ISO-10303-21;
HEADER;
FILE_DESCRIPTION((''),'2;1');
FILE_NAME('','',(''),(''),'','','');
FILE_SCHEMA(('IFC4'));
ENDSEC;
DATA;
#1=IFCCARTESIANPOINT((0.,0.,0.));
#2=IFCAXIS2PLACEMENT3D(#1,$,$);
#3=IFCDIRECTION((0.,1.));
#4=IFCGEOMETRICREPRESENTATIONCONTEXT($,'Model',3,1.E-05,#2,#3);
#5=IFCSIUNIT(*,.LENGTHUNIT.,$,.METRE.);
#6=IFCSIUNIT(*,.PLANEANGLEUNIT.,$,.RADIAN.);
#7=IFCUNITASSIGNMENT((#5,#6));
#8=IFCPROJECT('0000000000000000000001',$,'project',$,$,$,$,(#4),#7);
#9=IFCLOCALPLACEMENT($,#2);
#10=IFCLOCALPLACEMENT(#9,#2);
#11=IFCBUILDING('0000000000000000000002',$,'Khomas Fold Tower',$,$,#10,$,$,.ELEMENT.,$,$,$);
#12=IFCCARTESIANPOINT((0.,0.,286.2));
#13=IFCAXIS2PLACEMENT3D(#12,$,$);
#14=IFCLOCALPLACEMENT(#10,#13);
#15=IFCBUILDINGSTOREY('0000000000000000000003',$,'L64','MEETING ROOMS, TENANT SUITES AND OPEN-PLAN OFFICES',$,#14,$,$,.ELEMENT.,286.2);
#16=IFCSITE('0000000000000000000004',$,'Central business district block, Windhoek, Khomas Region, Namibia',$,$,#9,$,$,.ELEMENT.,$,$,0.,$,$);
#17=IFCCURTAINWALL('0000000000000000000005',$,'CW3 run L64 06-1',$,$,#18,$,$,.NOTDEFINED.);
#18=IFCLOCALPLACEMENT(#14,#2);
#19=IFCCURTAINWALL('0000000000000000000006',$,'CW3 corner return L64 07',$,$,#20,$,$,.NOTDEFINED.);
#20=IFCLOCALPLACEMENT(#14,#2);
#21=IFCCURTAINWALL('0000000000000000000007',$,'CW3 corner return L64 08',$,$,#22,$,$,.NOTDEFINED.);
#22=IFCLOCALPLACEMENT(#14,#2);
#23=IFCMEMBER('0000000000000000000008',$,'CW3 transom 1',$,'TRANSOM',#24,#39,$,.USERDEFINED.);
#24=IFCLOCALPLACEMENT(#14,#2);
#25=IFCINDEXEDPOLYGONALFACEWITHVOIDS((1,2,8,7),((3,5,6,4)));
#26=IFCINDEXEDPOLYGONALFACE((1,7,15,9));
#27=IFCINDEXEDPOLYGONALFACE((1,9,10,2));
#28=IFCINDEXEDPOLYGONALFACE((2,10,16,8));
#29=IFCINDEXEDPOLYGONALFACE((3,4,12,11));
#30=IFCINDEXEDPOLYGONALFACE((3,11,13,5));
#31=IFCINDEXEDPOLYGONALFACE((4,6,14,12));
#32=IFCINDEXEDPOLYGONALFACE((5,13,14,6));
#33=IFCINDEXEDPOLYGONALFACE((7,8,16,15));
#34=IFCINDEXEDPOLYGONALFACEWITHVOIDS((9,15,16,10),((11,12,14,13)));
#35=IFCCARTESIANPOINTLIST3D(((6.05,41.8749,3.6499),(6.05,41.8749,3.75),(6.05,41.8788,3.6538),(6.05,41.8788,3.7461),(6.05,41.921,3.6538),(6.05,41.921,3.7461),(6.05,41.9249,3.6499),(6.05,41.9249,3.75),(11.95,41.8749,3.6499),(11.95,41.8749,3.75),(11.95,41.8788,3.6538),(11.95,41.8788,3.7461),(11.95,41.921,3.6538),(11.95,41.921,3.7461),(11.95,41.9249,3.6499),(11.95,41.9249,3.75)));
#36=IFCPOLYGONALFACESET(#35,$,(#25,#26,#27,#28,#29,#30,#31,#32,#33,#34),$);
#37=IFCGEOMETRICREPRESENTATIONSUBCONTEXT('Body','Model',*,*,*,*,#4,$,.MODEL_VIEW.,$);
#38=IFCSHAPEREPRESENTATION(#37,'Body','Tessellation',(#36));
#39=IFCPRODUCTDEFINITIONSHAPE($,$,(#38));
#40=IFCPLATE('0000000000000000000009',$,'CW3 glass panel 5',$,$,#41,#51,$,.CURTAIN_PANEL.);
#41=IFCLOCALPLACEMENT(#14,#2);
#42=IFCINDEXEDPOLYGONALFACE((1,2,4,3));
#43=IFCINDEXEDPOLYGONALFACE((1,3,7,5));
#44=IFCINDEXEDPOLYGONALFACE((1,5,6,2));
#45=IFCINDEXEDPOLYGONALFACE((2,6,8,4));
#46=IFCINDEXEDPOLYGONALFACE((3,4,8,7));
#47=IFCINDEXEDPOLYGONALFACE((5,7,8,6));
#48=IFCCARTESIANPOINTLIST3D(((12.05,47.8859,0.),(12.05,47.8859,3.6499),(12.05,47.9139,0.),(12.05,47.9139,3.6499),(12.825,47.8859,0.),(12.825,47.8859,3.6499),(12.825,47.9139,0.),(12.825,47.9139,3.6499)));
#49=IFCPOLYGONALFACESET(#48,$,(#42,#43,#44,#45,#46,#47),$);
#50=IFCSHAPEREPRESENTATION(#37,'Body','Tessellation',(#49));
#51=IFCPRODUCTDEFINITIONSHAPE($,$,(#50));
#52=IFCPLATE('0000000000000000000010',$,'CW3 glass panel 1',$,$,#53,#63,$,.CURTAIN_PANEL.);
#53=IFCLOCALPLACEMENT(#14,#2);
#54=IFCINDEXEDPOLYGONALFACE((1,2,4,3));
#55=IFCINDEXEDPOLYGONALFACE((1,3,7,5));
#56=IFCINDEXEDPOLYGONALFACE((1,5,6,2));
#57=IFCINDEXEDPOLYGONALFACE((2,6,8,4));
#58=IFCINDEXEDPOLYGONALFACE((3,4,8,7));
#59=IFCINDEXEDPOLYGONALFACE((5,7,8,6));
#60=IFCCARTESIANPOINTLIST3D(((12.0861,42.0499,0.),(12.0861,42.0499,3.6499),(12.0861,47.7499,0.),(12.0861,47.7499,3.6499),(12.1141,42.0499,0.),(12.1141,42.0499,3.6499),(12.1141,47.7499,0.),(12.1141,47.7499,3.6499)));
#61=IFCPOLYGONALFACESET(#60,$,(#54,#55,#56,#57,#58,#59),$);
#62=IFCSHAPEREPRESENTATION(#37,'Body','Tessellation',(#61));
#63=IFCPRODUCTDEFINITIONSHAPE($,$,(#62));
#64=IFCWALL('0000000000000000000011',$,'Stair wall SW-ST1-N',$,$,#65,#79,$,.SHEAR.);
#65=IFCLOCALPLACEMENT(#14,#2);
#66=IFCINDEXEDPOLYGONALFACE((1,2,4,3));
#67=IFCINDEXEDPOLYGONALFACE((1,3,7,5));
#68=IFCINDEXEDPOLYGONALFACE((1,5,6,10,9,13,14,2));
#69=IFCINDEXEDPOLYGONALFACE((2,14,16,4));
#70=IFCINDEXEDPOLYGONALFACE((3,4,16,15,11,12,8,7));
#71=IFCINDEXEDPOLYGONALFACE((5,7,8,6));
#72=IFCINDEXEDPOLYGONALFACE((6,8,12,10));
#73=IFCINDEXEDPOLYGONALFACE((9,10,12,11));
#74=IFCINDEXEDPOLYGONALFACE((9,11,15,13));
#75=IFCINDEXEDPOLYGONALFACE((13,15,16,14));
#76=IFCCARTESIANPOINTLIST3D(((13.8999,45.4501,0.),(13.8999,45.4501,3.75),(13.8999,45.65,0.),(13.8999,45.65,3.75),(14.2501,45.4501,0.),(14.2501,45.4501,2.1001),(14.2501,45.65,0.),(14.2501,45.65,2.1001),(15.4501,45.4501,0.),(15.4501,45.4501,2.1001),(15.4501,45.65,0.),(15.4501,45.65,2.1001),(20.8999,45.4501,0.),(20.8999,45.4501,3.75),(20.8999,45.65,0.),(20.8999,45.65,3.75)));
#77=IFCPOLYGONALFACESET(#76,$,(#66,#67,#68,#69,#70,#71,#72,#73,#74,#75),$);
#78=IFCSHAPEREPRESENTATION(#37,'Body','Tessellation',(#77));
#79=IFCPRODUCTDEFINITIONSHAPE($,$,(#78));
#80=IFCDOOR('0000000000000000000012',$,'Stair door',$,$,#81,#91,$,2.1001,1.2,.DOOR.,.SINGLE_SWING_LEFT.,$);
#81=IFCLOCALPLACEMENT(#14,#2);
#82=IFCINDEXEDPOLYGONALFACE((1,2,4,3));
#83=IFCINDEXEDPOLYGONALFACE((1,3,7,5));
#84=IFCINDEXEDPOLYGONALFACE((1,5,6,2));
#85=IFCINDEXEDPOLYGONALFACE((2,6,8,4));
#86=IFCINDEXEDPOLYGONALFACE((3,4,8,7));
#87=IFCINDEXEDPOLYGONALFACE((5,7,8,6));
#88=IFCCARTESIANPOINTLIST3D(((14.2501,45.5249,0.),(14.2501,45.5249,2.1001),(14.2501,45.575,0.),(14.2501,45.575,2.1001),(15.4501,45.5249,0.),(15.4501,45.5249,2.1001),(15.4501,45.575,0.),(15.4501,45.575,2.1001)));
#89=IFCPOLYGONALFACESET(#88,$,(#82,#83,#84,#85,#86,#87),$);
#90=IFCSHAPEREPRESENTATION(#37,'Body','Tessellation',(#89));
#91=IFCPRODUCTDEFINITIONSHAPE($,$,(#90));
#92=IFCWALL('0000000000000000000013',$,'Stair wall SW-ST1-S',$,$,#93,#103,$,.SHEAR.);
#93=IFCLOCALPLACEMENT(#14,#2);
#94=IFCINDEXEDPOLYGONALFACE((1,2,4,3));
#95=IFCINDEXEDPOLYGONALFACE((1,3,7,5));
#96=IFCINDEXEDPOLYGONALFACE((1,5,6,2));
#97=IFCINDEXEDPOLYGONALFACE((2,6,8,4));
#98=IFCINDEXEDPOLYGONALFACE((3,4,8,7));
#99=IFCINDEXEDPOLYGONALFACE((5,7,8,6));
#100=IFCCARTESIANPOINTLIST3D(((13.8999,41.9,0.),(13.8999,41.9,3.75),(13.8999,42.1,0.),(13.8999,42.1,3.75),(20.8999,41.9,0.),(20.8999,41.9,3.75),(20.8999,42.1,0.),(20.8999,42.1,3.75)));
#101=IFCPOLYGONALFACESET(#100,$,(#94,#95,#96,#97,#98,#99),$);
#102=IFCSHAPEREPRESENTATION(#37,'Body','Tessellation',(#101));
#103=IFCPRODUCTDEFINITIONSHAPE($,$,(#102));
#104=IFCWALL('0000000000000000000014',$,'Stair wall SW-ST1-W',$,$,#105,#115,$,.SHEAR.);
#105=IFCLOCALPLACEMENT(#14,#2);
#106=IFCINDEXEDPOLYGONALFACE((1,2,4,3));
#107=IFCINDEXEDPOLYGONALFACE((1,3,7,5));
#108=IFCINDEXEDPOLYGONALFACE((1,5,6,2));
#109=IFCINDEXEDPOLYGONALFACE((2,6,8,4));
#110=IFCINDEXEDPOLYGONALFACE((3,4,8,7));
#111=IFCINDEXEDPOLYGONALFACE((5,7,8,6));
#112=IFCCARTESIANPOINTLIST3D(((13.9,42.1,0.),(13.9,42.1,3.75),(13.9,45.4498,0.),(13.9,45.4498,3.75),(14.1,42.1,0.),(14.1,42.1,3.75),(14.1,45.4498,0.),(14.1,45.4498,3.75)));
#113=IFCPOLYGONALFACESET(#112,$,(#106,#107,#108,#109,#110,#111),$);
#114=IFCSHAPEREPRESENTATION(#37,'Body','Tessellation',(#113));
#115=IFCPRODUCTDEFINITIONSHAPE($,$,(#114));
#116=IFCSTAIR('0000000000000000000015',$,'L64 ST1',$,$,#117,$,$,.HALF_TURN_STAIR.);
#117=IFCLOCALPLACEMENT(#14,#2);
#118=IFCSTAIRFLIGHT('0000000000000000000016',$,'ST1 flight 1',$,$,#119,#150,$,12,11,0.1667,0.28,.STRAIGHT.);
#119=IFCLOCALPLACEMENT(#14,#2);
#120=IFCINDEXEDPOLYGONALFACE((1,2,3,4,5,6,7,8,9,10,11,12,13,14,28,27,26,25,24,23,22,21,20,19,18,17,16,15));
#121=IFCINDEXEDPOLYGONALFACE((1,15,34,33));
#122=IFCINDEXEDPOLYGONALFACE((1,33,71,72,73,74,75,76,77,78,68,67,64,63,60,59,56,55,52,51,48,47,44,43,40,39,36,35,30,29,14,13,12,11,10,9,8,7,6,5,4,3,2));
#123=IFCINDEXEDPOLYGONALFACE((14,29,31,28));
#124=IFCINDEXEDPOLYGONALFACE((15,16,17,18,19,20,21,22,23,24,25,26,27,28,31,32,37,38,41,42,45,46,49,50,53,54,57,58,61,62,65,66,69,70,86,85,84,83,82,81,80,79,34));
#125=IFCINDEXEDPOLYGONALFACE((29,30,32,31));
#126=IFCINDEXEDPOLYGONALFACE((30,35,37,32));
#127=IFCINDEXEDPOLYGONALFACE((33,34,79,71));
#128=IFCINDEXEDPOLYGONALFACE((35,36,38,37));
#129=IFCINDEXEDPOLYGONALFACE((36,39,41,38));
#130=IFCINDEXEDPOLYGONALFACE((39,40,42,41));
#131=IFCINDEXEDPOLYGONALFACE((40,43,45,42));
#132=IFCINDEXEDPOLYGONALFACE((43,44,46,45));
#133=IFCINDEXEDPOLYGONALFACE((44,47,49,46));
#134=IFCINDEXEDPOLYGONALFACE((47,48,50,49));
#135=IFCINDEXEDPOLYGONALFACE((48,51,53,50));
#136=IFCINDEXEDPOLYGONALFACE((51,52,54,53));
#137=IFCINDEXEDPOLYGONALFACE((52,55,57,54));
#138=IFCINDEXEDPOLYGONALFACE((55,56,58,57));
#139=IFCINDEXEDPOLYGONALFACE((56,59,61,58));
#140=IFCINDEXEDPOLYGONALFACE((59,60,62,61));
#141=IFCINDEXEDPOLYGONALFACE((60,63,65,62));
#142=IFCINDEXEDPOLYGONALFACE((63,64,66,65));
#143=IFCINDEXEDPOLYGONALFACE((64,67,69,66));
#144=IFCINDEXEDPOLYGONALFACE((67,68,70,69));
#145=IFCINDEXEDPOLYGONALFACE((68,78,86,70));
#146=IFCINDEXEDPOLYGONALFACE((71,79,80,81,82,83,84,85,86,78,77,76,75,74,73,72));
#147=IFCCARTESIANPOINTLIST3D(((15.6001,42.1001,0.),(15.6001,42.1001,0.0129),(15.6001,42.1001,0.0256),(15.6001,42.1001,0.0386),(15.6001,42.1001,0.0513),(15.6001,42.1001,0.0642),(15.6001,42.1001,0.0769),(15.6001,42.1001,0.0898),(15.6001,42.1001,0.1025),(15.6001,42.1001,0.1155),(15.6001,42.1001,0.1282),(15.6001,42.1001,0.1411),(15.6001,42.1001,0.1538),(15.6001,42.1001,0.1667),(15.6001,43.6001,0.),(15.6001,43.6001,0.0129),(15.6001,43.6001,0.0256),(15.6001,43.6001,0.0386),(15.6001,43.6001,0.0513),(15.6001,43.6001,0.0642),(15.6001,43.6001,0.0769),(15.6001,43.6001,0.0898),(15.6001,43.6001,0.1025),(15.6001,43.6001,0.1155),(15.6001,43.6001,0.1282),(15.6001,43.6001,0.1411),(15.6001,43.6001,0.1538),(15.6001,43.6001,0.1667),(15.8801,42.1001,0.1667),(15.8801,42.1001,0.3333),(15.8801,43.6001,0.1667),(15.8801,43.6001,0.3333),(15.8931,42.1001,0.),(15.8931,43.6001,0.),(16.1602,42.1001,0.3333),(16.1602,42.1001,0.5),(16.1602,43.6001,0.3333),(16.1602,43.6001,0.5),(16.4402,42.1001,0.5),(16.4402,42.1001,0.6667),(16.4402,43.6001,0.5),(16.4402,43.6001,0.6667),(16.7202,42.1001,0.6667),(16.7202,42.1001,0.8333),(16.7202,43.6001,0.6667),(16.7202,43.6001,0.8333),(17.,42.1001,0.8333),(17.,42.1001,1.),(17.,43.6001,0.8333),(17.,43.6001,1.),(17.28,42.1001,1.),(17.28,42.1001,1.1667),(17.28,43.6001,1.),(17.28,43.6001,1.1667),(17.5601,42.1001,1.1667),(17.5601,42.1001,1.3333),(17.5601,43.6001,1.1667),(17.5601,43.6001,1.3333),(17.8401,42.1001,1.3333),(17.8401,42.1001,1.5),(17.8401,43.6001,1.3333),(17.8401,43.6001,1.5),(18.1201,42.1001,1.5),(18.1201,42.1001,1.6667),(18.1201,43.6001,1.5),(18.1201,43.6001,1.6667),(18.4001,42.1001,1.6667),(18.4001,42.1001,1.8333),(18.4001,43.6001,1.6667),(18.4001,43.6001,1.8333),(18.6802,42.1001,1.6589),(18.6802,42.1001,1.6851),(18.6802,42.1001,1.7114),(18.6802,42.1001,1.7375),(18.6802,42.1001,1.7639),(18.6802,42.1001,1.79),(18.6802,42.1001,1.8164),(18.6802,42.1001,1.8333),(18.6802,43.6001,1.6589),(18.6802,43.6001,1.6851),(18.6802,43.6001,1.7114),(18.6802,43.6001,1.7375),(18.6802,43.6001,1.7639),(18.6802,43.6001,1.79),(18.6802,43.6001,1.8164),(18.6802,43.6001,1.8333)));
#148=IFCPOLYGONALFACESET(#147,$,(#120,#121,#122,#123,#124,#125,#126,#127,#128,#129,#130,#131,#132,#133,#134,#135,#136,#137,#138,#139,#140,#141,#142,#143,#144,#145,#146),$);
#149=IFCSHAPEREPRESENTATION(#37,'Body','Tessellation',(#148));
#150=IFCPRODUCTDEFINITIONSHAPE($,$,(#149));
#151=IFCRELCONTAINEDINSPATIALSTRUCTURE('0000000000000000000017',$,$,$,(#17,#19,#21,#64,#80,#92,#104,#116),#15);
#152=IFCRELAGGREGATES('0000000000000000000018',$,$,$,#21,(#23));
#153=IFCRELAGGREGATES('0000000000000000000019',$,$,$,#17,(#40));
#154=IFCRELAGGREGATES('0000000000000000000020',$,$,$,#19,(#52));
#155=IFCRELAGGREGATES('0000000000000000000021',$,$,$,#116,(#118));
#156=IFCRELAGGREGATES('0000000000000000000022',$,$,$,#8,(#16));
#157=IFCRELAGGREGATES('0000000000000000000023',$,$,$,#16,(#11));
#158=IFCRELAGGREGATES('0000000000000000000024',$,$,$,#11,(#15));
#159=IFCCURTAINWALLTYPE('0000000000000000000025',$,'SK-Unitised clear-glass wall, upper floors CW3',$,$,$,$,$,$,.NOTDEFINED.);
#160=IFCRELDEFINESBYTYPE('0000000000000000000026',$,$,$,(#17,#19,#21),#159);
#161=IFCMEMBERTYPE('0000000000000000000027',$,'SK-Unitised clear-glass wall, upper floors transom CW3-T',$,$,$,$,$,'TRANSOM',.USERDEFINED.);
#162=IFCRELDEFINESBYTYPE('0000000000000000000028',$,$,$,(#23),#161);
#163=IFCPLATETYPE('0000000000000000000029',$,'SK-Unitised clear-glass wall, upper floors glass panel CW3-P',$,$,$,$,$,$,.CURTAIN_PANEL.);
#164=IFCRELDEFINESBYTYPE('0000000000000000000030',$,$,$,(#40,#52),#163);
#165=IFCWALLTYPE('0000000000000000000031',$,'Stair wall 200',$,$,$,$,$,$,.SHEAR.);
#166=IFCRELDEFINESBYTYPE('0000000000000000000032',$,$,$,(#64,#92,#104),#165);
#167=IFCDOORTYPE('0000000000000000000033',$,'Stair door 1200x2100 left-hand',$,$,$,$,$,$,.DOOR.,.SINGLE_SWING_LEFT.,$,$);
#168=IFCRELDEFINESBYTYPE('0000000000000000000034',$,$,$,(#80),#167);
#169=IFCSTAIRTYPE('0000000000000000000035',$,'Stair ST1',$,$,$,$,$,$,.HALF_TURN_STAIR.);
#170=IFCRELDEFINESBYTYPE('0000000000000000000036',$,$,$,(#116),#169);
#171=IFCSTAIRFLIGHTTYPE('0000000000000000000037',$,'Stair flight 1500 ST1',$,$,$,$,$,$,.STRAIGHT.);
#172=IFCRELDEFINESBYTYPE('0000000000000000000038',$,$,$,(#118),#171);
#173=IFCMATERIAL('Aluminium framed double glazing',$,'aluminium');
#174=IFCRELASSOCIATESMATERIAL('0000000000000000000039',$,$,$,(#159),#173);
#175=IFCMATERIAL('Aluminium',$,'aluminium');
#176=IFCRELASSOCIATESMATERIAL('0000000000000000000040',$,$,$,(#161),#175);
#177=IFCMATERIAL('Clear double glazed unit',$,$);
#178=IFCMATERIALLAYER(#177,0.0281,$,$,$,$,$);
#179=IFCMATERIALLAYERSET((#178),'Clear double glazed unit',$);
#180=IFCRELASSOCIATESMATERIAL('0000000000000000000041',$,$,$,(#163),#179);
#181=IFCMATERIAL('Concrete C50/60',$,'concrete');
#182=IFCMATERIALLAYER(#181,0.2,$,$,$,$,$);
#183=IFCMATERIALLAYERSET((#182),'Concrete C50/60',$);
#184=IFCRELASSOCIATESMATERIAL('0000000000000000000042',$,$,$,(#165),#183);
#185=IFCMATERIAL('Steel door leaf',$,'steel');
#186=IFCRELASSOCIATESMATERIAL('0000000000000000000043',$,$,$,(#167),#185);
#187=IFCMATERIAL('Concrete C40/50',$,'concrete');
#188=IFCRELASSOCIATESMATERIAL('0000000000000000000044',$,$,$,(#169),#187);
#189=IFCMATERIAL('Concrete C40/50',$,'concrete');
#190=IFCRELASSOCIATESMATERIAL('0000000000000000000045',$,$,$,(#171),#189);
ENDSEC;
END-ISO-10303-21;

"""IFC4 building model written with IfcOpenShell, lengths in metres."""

from ifc_helpers import new_model, si_unit, direction, frame, frame_2d, origin, origin_2d, place, context, subcontext, project, spatial, polyline, rectangle, hollow_rectangle, outline, extrude, source, transform, mapped, material, layer, layer_set, material_profile, profile_set, type_object, element, fill, aggregate, save


model = new_model("IFC4")

# Units and contexts
model_context = context("Model", 3, precision=1e-05, world=origin(), true_north=direction((0.0, 1.0)))
body_context = subcontext(model_context, "Body", "Model", "MODEL_VIEW")
ifc_project = project(units=[si_unit("LENGTHUNIT", "METRE"), si_unit("PLANEANGLEUNIT", "RADIAN")], contexts=[model_context])

# Site, building, storey
site_placement = place(None, origin())
site = spatial("IfcSite", under=ifc_project, at=site_placement, Name="Central business district block, Windhoek, Khomas Region, Namibia", CompositionType="ELEMENT", RefElevation=0.0)
building_placement = place(site_placement, origin())
building = spatial("IfcBuilding", under=site, at=building_placement, Name="Khomas Fold Tower", CompositionType="ELEMENT")
storey_placement = place(building_placement, frame((0.0, 0.0, 286.2)))
storey = spatial("IfcBuildingStorey", under=building, at=storey_placement, Name="L64", Description="MEETING ROOMS, TENANT SUITES AND OPEN-PLAN OFFICES", CompositionType="ELEMENT", Elevation=286.2)

# Curtain walls
ifc_material_1 = material(Name="Aluminium framed double glazing", Category="aluminium")
curtain_wall_type = type_object("IfcCurtainWallType", Name="SK-Unitised clear-glass wall, upper floors CW3", PredefinedType="NOTDEFINED", material=ifc_material_1)
curtain_wall_1_placement = place(storey_placement, origin())
curtain_wall_1 = element("IfcCurtainWall", 1, at=curtain_wall_1_placement, inside=storey, type_object=curtain_wall_type, Name="CW3 run L64 06-1", PredefinedType="NOTDEFINED")
curtain_wall_2_placement = place(storey_placement, origin())
curtain_wall_2 = element("IfcCurtainWall", 2, at=curtain_wall_2_placement, inside=storey, type_object=curtain_wall_type, Name="CW3 corner return L64 07", PredefinedType="NOTDEFINED")

# Curtain wall
curtain_wall_3_placement = place(storey_placement, origin())
curtain_wall_3 = element("IfcCurtainWall", 3, at=curtain_wall_3_placement, inside=storey, type_object=curtain_wall_type, Name="CW3 corner return L64 08", PredefinedType="NOTDEFINED")

# Member
ifc_material_2 = material(Name="Aluminium", Category="aluminium")
ifc_material_profile_1 = material_profile(ifc_material_2, hollow_rectangle(XDim=0.05, YDim=0.1001, WallThickness=0.0039, at=origin_2d()), Name="SK-Unitised clear-glass wall, upper floors transom CW3-T")
ifc_profile_set_1 = profile_set([ifc_material_profile_1], Name="Aluminium")
member_type_1 = type_object("IfcMemberType", Name="SK-Unitised clear-glass wall, upper floors transom CW3-T", ElementType="TRANSOM", PredefinedType="USERDEFINED", material=ifc_profile_set_1)
shared_shape_1 = source(origin(), body_context, "Body", "SweptSolid", [
    extrude(hollow_rectangle(XDim=0.05, YDim=0.1001, WallThickness=0.0039, at=origin_2d()), origin(), (0.0, 0.0, 1.0), 5.8999),
])
member_1_placement = place(storey_placement, frame((11.95, 41.8999, 3.7), z_axis=(-1.0, 0.0, 0.0), x_axis=(0.0, -1.0, 0.0)))
member_1 = element("IfcMember", 4, at=member_1_placement, type_object=member_type_1, Name="CW3 transom 1", ObjectType="TRANSOM", PredefinedType="USERDEFINED", context=body_context, shape_type="MappedRepresentation", body=[
    mapped(shared_shape_1, transform((0.0, 0.0, 0.0))),
])
aggregate(curtain_wall_3, [member_1])

# Plates
ifc_material_3 = material(Name="Clear double glazed unit")
ifc_layer_1 = layer(ifc_material_3, 0.0281)
ifc_layer_set_1 = layer_set([ifc_layer_1], Name="Clear double glazed unit")
plate_type = type_object("IfcPlateType", Name="SK-Unitised clear-glass wall, upper floors glass panel CW3-P", PredefinedType="CURTAIN_PANEL", material=ifc_layer_set_1)
shared_shape_2 = source(origin(), body_context, "Body", "SweptSolid", [
    extrude(rectangle(XDim=0.7749, YDim=0.0281, at=origin_2d()), origin(), (0.0, 0.0, 1.0), 3.6499),
])
plate_1_placement = place(storey_placement, frame((12.4375, 47.8999, 0.0), z_axis=(0.0, 0.0, 1.0), x_axis=(-1.0, 0.0, 0.0)))
plate_1 = element("IfcPlate", 5, at=plate_1_placement, type_object=plate_type, Name="CW3 glass panel 5", PredefinedType="CURTAIN_PANEL", context=body_context, shape_type="MappedRepresentation", body=[
    mapped(shared_shape_2, transform((0.0, 0.0, 0.0))),
])
aggregate(curtain_wall_1, [plate_1])
shared_shape_3 = source(origin(), body_context, "Body", "SweptSolid", [
    extrude(rectangle(XDim=5.7, YDim=0.0281, at=origin_2d()), origin(), (0.0, 0.0, 1.0), 3.6499),
])
plate_2_placement = place(storey_placement, frame((12.1001, 44.8999, 0.0), z_axis=(0.0, 0.0, 1.0), x_axis=(0.0, -1.0, 0.0)))
plate_2 = element("IfcPlate", 6, at=plate_2_placement, type_object=plate_type, Name="CW3 glass panel 1", PredefinedType="CURTAIN_PANEL", context=body_context, shape_type="MappedRepresentation", body=[
    mapped(shared_shape_3, transform((0.0, 0.0, 0.0))),
])
aggregate(curtain_wall_2, [plate_2])

# Wall, opening, door
ifc_material_4 = material(Name="Concrete C50/60", Category="concrete")
ifc_layer_2 = layer(ifc_material_4, 0.2)
ifc_layer_set_2 = layer_set([ifc_layer_2], Name="Concrete C50/60")
wall_type = type_object("IfcWallType", Name="Stair wall 200", PredefinedType="SHEAR", material=ifc_layer_set_2)
shared_shape_4 = source(origin(), body_context, "Body", "SweptSolid", [
    extrude(rectangle(XDim=7.0, YDim=0.2, at=frame_2d((3.5, 0.0))), origin(), (0.0, 0.0, 1.0), 3.75),
])
wall_1_placement = place(storey_placement, frame((13.8999, 45.55, 0.0), z_axis=(0.0, 0.0, 1.0), x_axis=(1.0, 0.0, 0.0)))
wall_1 = element("IfcWall", 7, at=wall_1_placement, inside=storey, type_object=wall_type, Name="Stair wall SW-ST1-N", PredefinedType="SHEAR", context=body_context, shape_type="MappedRepresentation", body=[
    mapped(shared_shape_4, transform((0.0, 0.0, 0.0))),
])
shared_shape_5 = source(origin(), body_context, "Body", "SweptSolid", [
    extrude(rectangle(XDim=1.2, YDim=2.1001, at=frame_2d((0.6001, 1.05))), frame((0.0, 0.1099, 0.0), z_axis=(0.0, -1.0, 0.0), x_axis=(1.0, 0.0, 0.0)), (0.0, 0.0, 1.0), 0.22),
])
opening_placement = place(wall_1_placement, frame((0.3501, 0.0, 0.0)))
opening = element("IfcOpeningElement", 8, at=opening_placement, cuts=wall_1, PredefinedType="OPENING", context=body_context, shape_type="MappedRepresentation", body=[
    mapped(shared_shape_5, transform((0.0, 0.0, 0.0))),
])
ifc_material_5 = material(Name="Steel door leaf", Category="steel")
door_type = type_object("IfcDoorType", Name="Stair door 1200x2100 left-hand", OperationType="SINGLE_SWING_LEFT", PredefinedType="DOOR", material=ifc_material_5)
shared_shape_6 = source(origin(), body_context, "Body", "SweptSolid", [
    extrude(rectangle(XDim=1.2, YDim=2.1001, at=frame_2d((0.6001, 1.05))), frame((0.0, 0.0249, 0.0), z_axis=(0.0, -1.0, 0.0), x_axis=(1.0, 0.0, 0.0)), (0.0, 0.0, 1.0), 0.05),
])
door_placement = place(opening_placement, origin())
door = element("IfcDoor", 9, at=door_placement, inside=storey, type_object=door_type, Name="Stair door", OperationType="SINGLE_SWING_LEFT", OverallHeight=2.1001, OverallWidth=1.2, PredefinedType="DOOR", context=body_context, shape_type="MappedRepresentation", body=[
    mapped(shared_shape_6, transform((0.0, 0.0, 0.0))),
])
fill(opening, door)

# Walls
wall_2_placement = place(storey_placement, frame((13.8999, 42.0, 0.0), z_axis=(0.0, 0.0, 1.0), x_axis=(1.0, 0.0, 0.0)))
element("IfcWall", 10, at=wall_2_placement, inside=storey, type_object=wall_type, Name="Stair wall SW-ST1-S", PredefinedType="SHEAR", context=body_context, shape_type="MappedRepresentation", body=[
    mapped(shared_shape_4, transform((0.0, 0.0, 0.0))),
])
shared_shape_7 = source(origin(), body_context, "Body", "SweptSolid", [
    extrude(rectangle(XDim=3.3499, YDim=0.2, at=frame_2d((1.6748, 0.0))), origin(), (0.0, 0.0, 1.0), 3.75),
])
wall_3_placement = place(storey_placement, frame((14.0, 42.1001, 0.0), z_axis=(0.0, 0.0, 1.0), x_axis=(0.0, 1.0, 0.0)))
element("IfcWall", 11, at=wall_3_placement, inside=storey, type_object=wall_type, Name="Stair wall SW-ST1-W", PredefinedType="SHEAR", context=body_context, shape_type="MappedRepresentation", body=[
    mapped(shared_shape_7, transform((0.0, 0.0, 0.0))),
])

# Stair, stair flight
ifc_material_6 = material(Name="Concrete C40/50", Category="concrete")
stair_type = type_object("IfcStairType", Name="Stair ST1", PredefinedType="HALF_TURN_STAIR", material=ifc_material_6)
stair_placement = place(storey_placement, origin())
stair = element("IfcStair", 12, at=stair_placement, inside=storey, type_object=stair_type, Name="L64 ST1", PredefinedType="HALF_TURN_STAIR")
ifc_material_7 = material(Name="Concrete C40/50", Category="concrete")
stair_flight_type = type_object("IfcStairFlightType", Name="Stair flight 1500 ST1", PredefinedType="STRAIGHT", material=ifc_material_7)
shared_shape_8 = source(origin(), body_context, "Body", "SweptSolid", [
    extrude(outline(polyline([(0.0, 0.0), (0.0, 0.0129), (0.0, 0.0256), (0.0, 0.0386), (0.0, 0.0513), (0.0, 0.0642), (0.0, 0.0769), (0.0, 0.0898), (0.0, 0.1025), (0.0, 0.1155), (0.0, 0.1282), (0.0, 0.1411), (0.0, 0.1538), (0.0, 0.1667), (0.28, 0.1667), (0.28, 0.3333), (0.5601, 0.3333), (0.5601, 0.5), (0.8401, 0.5), (0.8401, 0.6667), (1.1201, 0.6667), (1.1201, 0.8333), (1.3999, 0.8333), (1.3999, 1.0), (1.6799, 1.0), (1.6799, 1.1667), (1.96, 1.1667), (1.96, 1.3333), (2.24, 1.3333), (2.24, 1.5), (2.52, 1.5), (2.52, 1.6667), (2.8, 1.6667), (2.8, 1.8333), (3.0801, 1.8333), (3.0801, 2.0), (3.0801, 1.9739), (3.0801, 1.9475), (3.0801, 1.9214), (3.0801, 1.895), (3.0801, 1.8689), (3.0801, 1.8425), (3.0801, 1.8164), (3.0801, 1.79), (3.0801, 1.7639), (3.0801, 1.7375), (3.0801, 1.7114), (3.0801, 1.6851), (3.0801, 1.6589), (0.293, 0.0), (0.0, 0.0)])), frame((0.0, 0.75, 0.0), z_axis=(0.0, -1.0, 0.0), x_axis=(1.0, 0.0, 0.0)), (0.0, 0.0, 1.0), 1.5),
])
stair_flight_placement = place(storey_placement, frame((15.6001, 42.8501, 0.0), z_axis=(0.0, 0.0, 1.0), x_axis=(1.0, 0.0, 0.0)))
stair_flight = element("IfcStairFlight", 13, at=stair_flight_placement, type_object=stair_flight_type, Name="ST1 flight 1", NumberOfRisers=12, NumberOfTreads=11, PredefinedType="STRAIGHT", RiserHeight=0.1667, TreadLength=0.28, context=body_context, shape_type="MappedRepresentation", body=[
    mapped(shared_shape_8, transform((0.0, 0.0, 0.0))),
])
aggregate(stair, [stair_flight])

save(model, "model.ifc")
